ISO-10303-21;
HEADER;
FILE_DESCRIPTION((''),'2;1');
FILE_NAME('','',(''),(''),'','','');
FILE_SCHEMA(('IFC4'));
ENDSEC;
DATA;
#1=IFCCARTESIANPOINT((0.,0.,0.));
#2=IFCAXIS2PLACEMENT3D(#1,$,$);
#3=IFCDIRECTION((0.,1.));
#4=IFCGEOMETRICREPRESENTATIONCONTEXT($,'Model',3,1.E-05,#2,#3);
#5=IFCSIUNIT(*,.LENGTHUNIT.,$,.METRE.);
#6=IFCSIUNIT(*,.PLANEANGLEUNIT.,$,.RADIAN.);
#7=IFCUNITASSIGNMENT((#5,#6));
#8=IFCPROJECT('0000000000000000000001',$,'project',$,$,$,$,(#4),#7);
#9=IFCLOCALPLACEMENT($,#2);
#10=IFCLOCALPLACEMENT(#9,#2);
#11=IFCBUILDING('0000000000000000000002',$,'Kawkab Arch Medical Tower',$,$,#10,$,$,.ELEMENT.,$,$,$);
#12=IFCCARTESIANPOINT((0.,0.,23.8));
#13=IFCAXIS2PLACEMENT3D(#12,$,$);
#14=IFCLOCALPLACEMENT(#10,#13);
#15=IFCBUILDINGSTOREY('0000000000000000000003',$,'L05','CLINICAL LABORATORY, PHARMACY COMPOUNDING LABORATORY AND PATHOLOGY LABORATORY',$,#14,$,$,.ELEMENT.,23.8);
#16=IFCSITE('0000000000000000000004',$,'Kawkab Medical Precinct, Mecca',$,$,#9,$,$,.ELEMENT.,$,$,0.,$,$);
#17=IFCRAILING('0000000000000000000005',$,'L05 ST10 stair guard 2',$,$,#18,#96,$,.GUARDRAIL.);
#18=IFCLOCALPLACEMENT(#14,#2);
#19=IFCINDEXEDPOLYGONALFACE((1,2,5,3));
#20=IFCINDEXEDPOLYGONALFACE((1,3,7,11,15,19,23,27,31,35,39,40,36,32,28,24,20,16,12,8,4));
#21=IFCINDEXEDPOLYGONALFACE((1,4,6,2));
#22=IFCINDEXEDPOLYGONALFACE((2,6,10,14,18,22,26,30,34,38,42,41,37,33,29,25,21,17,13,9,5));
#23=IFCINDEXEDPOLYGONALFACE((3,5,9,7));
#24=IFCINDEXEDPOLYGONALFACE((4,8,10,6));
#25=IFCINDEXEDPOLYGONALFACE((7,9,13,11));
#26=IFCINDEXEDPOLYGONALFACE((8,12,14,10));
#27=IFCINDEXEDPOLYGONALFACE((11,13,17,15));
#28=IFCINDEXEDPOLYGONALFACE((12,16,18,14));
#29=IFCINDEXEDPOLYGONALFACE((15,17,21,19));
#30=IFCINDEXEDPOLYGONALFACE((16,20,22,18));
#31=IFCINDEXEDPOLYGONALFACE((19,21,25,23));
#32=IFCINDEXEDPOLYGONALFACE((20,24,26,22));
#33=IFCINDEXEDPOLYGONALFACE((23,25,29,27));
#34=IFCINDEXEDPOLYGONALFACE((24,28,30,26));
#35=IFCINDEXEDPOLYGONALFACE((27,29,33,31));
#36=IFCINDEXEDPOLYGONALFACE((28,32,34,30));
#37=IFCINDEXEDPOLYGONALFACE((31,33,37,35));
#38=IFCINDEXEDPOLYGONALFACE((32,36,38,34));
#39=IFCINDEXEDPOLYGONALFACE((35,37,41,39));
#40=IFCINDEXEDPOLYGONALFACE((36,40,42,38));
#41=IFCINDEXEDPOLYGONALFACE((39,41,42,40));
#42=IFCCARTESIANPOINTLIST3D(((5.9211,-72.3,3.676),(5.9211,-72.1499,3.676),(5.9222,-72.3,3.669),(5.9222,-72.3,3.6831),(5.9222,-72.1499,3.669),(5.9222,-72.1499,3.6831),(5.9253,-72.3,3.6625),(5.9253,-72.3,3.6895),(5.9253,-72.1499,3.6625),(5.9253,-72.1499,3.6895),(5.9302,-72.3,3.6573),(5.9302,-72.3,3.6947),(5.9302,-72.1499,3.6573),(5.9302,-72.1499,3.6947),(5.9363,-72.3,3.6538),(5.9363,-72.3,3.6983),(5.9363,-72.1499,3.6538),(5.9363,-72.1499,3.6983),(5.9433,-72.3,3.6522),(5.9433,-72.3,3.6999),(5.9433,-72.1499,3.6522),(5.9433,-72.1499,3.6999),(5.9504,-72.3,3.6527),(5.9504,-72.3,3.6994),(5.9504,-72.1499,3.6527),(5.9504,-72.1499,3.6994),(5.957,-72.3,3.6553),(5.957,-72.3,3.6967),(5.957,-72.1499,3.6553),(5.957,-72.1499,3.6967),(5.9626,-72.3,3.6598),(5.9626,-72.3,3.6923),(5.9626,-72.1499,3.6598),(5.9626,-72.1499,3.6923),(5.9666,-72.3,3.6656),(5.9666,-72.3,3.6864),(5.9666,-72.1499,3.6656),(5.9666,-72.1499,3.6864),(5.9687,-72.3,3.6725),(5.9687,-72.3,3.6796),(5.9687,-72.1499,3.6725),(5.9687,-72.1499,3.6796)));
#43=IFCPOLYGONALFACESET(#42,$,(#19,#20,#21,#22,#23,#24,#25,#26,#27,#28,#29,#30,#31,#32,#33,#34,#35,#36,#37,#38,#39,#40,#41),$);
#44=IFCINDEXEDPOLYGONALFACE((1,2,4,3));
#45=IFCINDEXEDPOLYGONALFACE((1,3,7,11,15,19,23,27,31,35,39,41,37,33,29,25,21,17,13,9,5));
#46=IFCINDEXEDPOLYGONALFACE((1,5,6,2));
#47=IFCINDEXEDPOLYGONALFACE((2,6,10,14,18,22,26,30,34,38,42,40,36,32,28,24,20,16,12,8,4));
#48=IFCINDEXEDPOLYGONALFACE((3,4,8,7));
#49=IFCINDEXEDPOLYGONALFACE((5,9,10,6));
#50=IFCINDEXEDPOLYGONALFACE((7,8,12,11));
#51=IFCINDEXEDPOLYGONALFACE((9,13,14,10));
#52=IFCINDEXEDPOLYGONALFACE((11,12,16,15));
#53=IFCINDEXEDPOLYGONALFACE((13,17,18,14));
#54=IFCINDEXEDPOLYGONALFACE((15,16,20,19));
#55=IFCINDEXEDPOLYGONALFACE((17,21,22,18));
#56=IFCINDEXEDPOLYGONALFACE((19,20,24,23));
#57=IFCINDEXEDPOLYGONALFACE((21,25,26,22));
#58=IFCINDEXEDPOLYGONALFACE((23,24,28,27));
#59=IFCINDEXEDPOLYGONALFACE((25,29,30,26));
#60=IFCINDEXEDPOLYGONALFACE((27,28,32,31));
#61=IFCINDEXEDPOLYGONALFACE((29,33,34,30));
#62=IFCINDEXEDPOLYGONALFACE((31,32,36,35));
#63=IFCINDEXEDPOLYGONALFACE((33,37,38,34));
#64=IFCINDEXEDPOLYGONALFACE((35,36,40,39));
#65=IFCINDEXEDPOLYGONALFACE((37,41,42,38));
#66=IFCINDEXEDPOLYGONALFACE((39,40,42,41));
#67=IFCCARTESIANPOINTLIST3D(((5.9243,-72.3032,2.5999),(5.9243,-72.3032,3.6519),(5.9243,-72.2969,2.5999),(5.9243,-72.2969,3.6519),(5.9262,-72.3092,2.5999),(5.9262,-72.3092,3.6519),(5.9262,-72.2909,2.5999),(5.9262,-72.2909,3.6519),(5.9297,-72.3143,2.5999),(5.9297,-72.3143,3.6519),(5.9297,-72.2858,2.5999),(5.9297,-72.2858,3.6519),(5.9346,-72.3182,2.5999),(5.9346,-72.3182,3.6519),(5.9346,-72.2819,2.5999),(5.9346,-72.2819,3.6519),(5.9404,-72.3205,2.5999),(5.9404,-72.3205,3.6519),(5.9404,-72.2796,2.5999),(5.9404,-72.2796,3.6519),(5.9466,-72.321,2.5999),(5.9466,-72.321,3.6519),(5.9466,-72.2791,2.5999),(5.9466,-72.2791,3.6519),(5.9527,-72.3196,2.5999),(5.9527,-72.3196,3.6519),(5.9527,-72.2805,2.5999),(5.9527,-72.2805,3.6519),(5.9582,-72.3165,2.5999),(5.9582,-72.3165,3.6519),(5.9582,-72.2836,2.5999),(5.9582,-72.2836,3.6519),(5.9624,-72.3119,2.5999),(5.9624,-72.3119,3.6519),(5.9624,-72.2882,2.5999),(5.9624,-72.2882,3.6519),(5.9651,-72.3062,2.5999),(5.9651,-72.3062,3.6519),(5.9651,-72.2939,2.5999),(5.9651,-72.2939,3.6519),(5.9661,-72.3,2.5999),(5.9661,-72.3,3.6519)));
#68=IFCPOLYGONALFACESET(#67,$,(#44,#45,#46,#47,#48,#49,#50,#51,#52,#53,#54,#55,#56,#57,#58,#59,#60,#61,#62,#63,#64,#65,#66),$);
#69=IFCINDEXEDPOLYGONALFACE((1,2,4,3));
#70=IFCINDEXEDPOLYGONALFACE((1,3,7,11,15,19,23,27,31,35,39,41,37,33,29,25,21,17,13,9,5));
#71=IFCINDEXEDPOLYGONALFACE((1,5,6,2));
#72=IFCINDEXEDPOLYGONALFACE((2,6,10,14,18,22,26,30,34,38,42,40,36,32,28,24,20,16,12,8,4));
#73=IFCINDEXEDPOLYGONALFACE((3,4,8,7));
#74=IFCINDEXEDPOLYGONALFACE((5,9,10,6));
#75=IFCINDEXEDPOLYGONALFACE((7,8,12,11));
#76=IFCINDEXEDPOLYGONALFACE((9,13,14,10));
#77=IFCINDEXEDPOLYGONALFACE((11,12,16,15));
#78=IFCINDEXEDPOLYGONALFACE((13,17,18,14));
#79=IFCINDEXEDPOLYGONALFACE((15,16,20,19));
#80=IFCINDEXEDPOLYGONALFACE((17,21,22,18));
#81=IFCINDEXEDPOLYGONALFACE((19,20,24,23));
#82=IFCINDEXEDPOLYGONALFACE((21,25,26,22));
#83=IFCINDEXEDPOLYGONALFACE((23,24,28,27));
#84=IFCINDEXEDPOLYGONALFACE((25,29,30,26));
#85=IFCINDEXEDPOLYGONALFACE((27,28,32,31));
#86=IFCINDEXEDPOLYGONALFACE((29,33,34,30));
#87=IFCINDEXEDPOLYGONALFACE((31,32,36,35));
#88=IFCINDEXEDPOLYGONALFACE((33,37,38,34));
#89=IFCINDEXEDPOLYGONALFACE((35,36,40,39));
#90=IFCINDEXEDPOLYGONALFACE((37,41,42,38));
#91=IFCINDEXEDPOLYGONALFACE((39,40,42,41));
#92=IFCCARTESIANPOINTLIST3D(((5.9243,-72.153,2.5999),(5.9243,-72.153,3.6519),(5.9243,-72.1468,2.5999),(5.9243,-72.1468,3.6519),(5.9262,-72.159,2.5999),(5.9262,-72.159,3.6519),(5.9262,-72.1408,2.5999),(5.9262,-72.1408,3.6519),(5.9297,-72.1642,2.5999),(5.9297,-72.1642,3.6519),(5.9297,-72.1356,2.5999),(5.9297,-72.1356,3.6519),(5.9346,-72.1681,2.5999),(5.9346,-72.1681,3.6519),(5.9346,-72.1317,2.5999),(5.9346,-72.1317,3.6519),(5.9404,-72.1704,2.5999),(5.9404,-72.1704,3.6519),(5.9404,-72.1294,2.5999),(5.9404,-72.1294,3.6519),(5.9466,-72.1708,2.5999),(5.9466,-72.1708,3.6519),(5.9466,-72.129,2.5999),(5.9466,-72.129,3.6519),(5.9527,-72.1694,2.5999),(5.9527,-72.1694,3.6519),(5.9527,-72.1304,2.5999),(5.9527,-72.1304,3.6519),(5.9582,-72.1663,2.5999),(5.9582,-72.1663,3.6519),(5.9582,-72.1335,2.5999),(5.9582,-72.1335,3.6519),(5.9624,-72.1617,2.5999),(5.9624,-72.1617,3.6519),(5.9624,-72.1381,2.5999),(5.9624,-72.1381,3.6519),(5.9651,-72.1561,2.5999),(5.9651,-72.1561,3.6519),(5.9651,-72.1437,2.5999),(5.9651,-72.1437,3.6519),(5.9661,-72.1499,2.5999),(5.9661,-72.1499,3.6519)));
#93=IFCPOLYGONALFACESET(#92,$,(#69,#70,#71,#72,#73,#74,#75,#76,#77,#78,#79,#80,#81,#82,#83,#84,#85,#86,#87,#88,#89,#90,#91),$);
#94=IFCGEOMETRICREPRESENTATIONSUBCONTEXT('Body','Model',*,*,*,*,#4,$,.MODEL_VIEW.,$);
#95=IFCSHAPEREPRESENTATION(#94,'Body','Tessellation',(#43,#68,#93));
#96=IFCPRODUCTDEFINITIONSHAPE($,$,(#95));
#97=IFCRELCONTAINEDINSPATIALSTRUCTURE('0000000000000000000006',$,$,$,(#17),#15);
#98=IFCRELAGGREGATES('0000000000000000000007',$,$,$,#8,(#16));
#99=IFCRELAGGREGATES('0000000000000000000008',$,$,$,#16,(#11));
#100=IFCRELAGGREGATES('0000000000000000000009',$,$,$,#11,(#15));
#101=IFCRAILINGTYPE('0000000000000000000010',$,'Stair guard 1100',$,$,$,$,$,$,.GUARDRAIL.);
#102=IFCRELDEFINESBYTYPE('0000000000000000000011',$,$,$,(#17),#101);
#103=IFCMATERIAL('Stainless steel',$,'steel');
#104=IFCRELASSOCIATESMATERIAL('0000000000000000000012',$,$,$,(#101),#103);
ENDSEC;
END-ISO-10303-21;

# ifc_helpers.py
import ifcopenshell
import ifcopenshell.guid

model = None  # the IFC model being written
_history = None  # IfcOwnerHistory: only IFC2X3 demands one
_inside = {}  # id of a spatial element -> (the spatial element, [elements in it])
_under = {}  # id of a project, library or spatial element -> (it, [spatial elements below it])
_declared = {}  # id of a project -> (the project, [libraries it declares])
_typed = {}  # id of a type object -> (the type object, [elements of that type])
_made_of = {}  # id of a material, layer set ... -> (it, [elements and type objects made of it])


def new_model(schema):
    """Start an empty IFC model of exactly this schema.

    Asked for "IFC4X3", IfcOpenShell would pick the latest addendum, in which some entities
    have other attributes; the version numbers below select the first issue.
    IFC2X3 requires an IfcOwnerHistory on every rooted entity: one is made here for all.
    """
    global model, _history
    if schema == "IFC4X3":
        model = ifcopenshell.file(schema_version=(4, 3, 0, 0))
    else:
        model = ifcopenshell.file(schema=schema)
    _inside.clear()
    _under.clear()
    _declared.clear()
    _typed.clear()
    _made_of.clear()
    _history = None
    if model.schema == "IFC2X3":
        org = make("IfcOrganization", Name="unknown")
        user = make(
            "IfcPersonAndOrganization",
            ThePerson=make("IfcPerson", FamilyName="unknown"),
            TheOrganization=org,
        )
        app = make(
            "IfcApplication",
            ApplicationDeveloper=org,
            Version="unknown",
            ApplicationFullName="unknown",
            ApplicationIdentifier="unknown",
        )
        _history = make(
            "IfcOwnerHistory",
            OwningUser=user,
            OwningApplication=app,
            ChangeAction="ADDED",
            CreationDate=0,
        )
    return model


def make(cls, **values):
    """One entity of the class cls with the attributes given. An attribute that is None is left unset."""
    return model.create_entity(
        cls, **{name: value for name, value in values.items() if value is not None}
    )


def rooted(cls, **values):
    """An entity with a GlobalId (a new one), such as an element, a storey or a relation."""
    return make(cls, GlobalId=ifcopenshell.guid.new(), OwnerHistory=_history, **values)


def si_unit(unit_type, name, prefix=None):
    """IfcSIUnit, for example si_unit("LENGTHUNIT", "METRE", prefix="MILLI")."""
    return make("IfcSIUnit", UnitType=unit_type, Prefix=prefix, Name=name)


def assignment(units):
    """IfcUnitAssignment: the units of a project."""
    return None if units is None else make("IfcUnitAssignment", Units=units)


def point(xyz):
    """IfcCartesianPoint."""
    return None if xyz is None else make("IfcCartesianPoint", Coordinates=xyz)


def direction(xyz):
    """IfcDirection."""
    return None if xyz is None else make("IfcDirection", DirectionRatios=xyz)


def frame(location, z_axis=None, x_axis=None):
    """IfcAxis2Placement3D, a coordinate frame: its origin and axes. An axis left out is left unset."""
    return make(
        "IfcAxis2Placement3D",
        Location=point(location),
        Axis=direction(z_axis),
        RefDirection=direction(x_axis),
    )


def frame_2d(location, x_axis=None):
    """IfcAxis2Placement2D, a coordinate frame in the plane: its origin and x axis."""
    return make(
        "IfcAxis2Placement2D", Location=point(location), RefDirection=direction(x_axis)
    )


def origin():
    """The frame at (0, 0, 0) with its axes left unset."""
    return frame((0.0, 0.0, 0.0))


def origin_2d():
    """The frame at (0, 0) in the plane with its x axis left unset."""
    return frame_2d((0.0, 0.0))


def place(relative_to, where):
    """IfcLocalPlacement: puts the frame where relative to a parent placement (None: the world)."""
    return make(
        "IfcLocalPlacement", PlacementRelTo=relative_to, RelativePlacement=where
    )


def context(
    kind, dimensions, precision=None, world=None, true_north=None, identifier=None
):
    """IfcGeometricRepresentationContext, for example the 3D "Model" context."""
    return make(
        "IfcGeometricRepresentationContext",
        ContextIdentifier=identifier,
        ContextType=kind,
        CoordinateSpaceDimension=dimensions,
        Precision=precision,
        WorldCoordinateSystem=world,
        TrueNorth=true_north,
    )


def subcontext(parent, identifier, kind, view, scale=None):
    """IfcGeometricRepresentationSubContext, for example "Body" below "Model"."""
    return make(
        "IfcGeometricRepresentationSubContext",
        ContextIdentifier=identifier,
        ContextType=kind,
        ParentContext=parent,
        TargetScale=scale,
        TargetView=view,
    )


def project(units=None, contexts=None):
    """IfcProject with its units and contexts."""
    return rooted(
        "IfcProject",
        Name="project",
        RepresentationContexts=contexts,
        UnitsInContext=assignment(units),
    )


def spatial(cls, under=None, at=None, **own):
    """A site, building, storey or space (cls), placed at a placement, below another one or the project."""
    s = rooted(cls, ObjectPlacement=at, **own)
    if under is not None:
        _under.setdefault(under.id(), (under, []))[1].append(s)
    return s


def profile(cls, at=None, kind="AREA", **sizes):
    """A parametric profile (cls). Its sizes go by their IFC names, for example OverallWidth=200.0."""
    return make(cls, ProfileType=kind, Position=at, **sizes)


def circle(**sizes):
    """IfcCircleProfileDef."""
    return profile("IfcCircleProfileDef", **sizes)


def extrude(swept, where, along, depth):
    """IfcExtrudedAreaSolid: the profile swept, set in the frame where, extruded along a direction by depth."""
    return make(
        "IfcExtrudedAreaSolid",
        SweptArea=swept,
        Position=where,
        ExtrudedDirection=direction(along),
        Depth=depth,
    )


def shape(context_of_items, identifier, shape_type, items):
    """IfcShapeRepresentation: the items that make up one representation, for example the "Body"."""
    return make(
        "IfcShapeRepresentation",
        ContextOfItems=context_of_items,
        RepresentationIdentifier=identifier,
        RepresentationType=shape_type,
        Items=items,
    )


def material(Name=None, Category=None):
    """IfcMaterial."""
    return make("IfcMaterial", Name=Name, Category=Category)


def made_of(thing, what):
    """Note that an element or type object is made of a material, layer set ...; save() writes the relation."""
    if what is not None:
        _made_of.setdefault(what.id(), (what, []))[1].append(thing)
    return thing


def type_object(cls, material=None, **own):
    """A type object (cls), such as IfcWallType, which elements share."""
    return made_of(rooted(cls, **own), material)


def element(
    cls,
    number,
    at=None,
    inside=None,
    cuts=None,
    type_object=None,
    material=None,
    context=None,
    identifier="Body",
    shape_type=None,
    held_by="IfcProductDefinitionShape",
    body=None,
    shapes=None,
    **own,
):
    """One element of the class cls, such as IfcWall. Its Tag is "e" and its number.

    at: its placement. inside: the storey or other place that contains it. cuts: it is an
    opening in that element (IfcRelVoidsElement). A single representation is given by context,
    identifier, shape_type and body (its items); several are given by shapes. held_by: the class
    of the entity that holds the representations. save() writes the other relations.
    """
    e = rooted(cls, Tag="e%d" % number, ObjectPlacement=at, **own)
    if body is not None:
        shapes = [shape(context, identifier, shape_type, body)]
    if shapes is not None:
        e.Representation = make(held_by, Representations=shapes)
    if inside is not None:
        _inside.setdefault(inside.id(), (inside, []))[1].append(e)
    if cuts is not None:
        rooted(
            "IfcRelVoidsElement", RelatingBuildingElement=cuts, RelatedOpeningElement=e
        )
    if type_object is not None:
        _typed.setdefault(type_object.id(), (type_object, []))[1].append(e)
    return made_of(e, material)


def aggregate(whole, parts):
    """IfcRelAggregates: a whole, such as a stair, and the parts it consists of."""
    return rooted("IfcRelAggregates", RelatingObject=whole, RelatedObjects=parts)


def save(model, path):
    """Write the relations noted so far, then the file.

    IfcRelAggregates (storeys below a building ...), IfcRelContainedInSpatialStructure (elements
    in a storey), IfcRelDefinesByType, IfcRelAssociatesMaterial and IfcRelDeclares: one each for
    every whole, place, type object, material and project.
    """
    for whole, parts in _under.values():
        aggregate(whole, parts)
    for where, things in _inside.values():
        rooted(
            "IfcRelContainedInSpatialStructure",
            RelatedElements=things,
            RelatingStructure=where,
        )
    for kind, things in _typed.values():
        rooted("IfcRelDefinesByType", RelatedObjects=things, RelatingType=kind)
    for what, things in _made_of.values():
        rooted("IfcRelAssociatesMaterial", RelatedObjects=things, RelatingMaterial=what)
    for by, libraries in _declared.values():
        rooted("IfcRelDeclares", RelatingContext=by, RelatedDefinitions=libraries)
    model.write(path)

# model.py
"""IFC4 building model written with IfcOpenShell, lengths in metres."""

from ifc_helpers import new_model, si_unit, direction, frame, origin, origin_2d, place, context, subcontext, project, spatial, circle, extrude, material, type_object, element, save


model = new_model("IFC4")

# Units and contexts
model_context = context("Model", 3, precision=1e-05, world=origin(), true_north=direction((0.0, 1.0)))
body_context = subcontext(model_context, "Body", "Model", "MODEL_VIEW")
ifc_project = project(units=[si_unit("LENGTHUNIT", "METRE"), si_unit("PLANEANGLEUNIT", "RADIAN")], contexts=[model_context])

# Site, building, storey
site_placement = place(None, origin())
site = spatial("IfcSite", under=ifc_project, at=site_placement, Name="Kawkab Medical Precinct, Mecca", CompositionType="ELEMENT", RefElevation=0.0)
building_placement = place(site_placement, origin())
building = spatial("IfcBuilding", under=site, at=building_placement, Name="Kawkab Arch Medical Tower", CompositionType="ELEMENT")
storey_placement = place(building_placement, frame((0.0, 0.0, 23.8)))
storey = spatial("IfcBuildingStorey", under=building, at=storey_placement, Name="L05", Description="CLINICAL LABORATORY, PHARMACY COMPOUNDING LABORATORY AND PATHOLOGY LABORATORY", CompositionType="ELEMENT", Elevation=23.8)

# Railing
ifc_material_1 = material(Name="Stainless steel", Category="steel")
railing_type = type_object("IfcRailingType", Name="Stair guard 1100", PredefinedType="GUARDRAIL", material=ifc_material_1)
railing_1_placement = place(storey_placement, frame((5.9451, -72.3, 2.5999)))
element("IfcRailing", 1, at=railing_1_placement, inside=storey, type_object=railing_type, Name="L05 ST10 stair guard 2", PredefinedType="GUARDRAIL", context=body_context, shape_type="SweptSolid", body=[
    extrude(circle(Radius=0.0239, at=origin_2d()), frame((0.0, 0.0, 1.0762), z_axis=(0.0, 1.0, 0.0), x_axis=(-1.0, 0.0, 0.0)), (0.0, 0.0, 1.0), 0.1501),
    extrude(circle(Radius=0.021, at=origin_2d()), origin(), (0.0, 0.0, 1.0), 1.052),
    extrude(circle(Radius=0.021, at=origin_2d()), frame((0.0, 0.1501, 0.0)), (0.0, 0.0, 1.0), 1.052),
])

save(model, "model.ifc")
